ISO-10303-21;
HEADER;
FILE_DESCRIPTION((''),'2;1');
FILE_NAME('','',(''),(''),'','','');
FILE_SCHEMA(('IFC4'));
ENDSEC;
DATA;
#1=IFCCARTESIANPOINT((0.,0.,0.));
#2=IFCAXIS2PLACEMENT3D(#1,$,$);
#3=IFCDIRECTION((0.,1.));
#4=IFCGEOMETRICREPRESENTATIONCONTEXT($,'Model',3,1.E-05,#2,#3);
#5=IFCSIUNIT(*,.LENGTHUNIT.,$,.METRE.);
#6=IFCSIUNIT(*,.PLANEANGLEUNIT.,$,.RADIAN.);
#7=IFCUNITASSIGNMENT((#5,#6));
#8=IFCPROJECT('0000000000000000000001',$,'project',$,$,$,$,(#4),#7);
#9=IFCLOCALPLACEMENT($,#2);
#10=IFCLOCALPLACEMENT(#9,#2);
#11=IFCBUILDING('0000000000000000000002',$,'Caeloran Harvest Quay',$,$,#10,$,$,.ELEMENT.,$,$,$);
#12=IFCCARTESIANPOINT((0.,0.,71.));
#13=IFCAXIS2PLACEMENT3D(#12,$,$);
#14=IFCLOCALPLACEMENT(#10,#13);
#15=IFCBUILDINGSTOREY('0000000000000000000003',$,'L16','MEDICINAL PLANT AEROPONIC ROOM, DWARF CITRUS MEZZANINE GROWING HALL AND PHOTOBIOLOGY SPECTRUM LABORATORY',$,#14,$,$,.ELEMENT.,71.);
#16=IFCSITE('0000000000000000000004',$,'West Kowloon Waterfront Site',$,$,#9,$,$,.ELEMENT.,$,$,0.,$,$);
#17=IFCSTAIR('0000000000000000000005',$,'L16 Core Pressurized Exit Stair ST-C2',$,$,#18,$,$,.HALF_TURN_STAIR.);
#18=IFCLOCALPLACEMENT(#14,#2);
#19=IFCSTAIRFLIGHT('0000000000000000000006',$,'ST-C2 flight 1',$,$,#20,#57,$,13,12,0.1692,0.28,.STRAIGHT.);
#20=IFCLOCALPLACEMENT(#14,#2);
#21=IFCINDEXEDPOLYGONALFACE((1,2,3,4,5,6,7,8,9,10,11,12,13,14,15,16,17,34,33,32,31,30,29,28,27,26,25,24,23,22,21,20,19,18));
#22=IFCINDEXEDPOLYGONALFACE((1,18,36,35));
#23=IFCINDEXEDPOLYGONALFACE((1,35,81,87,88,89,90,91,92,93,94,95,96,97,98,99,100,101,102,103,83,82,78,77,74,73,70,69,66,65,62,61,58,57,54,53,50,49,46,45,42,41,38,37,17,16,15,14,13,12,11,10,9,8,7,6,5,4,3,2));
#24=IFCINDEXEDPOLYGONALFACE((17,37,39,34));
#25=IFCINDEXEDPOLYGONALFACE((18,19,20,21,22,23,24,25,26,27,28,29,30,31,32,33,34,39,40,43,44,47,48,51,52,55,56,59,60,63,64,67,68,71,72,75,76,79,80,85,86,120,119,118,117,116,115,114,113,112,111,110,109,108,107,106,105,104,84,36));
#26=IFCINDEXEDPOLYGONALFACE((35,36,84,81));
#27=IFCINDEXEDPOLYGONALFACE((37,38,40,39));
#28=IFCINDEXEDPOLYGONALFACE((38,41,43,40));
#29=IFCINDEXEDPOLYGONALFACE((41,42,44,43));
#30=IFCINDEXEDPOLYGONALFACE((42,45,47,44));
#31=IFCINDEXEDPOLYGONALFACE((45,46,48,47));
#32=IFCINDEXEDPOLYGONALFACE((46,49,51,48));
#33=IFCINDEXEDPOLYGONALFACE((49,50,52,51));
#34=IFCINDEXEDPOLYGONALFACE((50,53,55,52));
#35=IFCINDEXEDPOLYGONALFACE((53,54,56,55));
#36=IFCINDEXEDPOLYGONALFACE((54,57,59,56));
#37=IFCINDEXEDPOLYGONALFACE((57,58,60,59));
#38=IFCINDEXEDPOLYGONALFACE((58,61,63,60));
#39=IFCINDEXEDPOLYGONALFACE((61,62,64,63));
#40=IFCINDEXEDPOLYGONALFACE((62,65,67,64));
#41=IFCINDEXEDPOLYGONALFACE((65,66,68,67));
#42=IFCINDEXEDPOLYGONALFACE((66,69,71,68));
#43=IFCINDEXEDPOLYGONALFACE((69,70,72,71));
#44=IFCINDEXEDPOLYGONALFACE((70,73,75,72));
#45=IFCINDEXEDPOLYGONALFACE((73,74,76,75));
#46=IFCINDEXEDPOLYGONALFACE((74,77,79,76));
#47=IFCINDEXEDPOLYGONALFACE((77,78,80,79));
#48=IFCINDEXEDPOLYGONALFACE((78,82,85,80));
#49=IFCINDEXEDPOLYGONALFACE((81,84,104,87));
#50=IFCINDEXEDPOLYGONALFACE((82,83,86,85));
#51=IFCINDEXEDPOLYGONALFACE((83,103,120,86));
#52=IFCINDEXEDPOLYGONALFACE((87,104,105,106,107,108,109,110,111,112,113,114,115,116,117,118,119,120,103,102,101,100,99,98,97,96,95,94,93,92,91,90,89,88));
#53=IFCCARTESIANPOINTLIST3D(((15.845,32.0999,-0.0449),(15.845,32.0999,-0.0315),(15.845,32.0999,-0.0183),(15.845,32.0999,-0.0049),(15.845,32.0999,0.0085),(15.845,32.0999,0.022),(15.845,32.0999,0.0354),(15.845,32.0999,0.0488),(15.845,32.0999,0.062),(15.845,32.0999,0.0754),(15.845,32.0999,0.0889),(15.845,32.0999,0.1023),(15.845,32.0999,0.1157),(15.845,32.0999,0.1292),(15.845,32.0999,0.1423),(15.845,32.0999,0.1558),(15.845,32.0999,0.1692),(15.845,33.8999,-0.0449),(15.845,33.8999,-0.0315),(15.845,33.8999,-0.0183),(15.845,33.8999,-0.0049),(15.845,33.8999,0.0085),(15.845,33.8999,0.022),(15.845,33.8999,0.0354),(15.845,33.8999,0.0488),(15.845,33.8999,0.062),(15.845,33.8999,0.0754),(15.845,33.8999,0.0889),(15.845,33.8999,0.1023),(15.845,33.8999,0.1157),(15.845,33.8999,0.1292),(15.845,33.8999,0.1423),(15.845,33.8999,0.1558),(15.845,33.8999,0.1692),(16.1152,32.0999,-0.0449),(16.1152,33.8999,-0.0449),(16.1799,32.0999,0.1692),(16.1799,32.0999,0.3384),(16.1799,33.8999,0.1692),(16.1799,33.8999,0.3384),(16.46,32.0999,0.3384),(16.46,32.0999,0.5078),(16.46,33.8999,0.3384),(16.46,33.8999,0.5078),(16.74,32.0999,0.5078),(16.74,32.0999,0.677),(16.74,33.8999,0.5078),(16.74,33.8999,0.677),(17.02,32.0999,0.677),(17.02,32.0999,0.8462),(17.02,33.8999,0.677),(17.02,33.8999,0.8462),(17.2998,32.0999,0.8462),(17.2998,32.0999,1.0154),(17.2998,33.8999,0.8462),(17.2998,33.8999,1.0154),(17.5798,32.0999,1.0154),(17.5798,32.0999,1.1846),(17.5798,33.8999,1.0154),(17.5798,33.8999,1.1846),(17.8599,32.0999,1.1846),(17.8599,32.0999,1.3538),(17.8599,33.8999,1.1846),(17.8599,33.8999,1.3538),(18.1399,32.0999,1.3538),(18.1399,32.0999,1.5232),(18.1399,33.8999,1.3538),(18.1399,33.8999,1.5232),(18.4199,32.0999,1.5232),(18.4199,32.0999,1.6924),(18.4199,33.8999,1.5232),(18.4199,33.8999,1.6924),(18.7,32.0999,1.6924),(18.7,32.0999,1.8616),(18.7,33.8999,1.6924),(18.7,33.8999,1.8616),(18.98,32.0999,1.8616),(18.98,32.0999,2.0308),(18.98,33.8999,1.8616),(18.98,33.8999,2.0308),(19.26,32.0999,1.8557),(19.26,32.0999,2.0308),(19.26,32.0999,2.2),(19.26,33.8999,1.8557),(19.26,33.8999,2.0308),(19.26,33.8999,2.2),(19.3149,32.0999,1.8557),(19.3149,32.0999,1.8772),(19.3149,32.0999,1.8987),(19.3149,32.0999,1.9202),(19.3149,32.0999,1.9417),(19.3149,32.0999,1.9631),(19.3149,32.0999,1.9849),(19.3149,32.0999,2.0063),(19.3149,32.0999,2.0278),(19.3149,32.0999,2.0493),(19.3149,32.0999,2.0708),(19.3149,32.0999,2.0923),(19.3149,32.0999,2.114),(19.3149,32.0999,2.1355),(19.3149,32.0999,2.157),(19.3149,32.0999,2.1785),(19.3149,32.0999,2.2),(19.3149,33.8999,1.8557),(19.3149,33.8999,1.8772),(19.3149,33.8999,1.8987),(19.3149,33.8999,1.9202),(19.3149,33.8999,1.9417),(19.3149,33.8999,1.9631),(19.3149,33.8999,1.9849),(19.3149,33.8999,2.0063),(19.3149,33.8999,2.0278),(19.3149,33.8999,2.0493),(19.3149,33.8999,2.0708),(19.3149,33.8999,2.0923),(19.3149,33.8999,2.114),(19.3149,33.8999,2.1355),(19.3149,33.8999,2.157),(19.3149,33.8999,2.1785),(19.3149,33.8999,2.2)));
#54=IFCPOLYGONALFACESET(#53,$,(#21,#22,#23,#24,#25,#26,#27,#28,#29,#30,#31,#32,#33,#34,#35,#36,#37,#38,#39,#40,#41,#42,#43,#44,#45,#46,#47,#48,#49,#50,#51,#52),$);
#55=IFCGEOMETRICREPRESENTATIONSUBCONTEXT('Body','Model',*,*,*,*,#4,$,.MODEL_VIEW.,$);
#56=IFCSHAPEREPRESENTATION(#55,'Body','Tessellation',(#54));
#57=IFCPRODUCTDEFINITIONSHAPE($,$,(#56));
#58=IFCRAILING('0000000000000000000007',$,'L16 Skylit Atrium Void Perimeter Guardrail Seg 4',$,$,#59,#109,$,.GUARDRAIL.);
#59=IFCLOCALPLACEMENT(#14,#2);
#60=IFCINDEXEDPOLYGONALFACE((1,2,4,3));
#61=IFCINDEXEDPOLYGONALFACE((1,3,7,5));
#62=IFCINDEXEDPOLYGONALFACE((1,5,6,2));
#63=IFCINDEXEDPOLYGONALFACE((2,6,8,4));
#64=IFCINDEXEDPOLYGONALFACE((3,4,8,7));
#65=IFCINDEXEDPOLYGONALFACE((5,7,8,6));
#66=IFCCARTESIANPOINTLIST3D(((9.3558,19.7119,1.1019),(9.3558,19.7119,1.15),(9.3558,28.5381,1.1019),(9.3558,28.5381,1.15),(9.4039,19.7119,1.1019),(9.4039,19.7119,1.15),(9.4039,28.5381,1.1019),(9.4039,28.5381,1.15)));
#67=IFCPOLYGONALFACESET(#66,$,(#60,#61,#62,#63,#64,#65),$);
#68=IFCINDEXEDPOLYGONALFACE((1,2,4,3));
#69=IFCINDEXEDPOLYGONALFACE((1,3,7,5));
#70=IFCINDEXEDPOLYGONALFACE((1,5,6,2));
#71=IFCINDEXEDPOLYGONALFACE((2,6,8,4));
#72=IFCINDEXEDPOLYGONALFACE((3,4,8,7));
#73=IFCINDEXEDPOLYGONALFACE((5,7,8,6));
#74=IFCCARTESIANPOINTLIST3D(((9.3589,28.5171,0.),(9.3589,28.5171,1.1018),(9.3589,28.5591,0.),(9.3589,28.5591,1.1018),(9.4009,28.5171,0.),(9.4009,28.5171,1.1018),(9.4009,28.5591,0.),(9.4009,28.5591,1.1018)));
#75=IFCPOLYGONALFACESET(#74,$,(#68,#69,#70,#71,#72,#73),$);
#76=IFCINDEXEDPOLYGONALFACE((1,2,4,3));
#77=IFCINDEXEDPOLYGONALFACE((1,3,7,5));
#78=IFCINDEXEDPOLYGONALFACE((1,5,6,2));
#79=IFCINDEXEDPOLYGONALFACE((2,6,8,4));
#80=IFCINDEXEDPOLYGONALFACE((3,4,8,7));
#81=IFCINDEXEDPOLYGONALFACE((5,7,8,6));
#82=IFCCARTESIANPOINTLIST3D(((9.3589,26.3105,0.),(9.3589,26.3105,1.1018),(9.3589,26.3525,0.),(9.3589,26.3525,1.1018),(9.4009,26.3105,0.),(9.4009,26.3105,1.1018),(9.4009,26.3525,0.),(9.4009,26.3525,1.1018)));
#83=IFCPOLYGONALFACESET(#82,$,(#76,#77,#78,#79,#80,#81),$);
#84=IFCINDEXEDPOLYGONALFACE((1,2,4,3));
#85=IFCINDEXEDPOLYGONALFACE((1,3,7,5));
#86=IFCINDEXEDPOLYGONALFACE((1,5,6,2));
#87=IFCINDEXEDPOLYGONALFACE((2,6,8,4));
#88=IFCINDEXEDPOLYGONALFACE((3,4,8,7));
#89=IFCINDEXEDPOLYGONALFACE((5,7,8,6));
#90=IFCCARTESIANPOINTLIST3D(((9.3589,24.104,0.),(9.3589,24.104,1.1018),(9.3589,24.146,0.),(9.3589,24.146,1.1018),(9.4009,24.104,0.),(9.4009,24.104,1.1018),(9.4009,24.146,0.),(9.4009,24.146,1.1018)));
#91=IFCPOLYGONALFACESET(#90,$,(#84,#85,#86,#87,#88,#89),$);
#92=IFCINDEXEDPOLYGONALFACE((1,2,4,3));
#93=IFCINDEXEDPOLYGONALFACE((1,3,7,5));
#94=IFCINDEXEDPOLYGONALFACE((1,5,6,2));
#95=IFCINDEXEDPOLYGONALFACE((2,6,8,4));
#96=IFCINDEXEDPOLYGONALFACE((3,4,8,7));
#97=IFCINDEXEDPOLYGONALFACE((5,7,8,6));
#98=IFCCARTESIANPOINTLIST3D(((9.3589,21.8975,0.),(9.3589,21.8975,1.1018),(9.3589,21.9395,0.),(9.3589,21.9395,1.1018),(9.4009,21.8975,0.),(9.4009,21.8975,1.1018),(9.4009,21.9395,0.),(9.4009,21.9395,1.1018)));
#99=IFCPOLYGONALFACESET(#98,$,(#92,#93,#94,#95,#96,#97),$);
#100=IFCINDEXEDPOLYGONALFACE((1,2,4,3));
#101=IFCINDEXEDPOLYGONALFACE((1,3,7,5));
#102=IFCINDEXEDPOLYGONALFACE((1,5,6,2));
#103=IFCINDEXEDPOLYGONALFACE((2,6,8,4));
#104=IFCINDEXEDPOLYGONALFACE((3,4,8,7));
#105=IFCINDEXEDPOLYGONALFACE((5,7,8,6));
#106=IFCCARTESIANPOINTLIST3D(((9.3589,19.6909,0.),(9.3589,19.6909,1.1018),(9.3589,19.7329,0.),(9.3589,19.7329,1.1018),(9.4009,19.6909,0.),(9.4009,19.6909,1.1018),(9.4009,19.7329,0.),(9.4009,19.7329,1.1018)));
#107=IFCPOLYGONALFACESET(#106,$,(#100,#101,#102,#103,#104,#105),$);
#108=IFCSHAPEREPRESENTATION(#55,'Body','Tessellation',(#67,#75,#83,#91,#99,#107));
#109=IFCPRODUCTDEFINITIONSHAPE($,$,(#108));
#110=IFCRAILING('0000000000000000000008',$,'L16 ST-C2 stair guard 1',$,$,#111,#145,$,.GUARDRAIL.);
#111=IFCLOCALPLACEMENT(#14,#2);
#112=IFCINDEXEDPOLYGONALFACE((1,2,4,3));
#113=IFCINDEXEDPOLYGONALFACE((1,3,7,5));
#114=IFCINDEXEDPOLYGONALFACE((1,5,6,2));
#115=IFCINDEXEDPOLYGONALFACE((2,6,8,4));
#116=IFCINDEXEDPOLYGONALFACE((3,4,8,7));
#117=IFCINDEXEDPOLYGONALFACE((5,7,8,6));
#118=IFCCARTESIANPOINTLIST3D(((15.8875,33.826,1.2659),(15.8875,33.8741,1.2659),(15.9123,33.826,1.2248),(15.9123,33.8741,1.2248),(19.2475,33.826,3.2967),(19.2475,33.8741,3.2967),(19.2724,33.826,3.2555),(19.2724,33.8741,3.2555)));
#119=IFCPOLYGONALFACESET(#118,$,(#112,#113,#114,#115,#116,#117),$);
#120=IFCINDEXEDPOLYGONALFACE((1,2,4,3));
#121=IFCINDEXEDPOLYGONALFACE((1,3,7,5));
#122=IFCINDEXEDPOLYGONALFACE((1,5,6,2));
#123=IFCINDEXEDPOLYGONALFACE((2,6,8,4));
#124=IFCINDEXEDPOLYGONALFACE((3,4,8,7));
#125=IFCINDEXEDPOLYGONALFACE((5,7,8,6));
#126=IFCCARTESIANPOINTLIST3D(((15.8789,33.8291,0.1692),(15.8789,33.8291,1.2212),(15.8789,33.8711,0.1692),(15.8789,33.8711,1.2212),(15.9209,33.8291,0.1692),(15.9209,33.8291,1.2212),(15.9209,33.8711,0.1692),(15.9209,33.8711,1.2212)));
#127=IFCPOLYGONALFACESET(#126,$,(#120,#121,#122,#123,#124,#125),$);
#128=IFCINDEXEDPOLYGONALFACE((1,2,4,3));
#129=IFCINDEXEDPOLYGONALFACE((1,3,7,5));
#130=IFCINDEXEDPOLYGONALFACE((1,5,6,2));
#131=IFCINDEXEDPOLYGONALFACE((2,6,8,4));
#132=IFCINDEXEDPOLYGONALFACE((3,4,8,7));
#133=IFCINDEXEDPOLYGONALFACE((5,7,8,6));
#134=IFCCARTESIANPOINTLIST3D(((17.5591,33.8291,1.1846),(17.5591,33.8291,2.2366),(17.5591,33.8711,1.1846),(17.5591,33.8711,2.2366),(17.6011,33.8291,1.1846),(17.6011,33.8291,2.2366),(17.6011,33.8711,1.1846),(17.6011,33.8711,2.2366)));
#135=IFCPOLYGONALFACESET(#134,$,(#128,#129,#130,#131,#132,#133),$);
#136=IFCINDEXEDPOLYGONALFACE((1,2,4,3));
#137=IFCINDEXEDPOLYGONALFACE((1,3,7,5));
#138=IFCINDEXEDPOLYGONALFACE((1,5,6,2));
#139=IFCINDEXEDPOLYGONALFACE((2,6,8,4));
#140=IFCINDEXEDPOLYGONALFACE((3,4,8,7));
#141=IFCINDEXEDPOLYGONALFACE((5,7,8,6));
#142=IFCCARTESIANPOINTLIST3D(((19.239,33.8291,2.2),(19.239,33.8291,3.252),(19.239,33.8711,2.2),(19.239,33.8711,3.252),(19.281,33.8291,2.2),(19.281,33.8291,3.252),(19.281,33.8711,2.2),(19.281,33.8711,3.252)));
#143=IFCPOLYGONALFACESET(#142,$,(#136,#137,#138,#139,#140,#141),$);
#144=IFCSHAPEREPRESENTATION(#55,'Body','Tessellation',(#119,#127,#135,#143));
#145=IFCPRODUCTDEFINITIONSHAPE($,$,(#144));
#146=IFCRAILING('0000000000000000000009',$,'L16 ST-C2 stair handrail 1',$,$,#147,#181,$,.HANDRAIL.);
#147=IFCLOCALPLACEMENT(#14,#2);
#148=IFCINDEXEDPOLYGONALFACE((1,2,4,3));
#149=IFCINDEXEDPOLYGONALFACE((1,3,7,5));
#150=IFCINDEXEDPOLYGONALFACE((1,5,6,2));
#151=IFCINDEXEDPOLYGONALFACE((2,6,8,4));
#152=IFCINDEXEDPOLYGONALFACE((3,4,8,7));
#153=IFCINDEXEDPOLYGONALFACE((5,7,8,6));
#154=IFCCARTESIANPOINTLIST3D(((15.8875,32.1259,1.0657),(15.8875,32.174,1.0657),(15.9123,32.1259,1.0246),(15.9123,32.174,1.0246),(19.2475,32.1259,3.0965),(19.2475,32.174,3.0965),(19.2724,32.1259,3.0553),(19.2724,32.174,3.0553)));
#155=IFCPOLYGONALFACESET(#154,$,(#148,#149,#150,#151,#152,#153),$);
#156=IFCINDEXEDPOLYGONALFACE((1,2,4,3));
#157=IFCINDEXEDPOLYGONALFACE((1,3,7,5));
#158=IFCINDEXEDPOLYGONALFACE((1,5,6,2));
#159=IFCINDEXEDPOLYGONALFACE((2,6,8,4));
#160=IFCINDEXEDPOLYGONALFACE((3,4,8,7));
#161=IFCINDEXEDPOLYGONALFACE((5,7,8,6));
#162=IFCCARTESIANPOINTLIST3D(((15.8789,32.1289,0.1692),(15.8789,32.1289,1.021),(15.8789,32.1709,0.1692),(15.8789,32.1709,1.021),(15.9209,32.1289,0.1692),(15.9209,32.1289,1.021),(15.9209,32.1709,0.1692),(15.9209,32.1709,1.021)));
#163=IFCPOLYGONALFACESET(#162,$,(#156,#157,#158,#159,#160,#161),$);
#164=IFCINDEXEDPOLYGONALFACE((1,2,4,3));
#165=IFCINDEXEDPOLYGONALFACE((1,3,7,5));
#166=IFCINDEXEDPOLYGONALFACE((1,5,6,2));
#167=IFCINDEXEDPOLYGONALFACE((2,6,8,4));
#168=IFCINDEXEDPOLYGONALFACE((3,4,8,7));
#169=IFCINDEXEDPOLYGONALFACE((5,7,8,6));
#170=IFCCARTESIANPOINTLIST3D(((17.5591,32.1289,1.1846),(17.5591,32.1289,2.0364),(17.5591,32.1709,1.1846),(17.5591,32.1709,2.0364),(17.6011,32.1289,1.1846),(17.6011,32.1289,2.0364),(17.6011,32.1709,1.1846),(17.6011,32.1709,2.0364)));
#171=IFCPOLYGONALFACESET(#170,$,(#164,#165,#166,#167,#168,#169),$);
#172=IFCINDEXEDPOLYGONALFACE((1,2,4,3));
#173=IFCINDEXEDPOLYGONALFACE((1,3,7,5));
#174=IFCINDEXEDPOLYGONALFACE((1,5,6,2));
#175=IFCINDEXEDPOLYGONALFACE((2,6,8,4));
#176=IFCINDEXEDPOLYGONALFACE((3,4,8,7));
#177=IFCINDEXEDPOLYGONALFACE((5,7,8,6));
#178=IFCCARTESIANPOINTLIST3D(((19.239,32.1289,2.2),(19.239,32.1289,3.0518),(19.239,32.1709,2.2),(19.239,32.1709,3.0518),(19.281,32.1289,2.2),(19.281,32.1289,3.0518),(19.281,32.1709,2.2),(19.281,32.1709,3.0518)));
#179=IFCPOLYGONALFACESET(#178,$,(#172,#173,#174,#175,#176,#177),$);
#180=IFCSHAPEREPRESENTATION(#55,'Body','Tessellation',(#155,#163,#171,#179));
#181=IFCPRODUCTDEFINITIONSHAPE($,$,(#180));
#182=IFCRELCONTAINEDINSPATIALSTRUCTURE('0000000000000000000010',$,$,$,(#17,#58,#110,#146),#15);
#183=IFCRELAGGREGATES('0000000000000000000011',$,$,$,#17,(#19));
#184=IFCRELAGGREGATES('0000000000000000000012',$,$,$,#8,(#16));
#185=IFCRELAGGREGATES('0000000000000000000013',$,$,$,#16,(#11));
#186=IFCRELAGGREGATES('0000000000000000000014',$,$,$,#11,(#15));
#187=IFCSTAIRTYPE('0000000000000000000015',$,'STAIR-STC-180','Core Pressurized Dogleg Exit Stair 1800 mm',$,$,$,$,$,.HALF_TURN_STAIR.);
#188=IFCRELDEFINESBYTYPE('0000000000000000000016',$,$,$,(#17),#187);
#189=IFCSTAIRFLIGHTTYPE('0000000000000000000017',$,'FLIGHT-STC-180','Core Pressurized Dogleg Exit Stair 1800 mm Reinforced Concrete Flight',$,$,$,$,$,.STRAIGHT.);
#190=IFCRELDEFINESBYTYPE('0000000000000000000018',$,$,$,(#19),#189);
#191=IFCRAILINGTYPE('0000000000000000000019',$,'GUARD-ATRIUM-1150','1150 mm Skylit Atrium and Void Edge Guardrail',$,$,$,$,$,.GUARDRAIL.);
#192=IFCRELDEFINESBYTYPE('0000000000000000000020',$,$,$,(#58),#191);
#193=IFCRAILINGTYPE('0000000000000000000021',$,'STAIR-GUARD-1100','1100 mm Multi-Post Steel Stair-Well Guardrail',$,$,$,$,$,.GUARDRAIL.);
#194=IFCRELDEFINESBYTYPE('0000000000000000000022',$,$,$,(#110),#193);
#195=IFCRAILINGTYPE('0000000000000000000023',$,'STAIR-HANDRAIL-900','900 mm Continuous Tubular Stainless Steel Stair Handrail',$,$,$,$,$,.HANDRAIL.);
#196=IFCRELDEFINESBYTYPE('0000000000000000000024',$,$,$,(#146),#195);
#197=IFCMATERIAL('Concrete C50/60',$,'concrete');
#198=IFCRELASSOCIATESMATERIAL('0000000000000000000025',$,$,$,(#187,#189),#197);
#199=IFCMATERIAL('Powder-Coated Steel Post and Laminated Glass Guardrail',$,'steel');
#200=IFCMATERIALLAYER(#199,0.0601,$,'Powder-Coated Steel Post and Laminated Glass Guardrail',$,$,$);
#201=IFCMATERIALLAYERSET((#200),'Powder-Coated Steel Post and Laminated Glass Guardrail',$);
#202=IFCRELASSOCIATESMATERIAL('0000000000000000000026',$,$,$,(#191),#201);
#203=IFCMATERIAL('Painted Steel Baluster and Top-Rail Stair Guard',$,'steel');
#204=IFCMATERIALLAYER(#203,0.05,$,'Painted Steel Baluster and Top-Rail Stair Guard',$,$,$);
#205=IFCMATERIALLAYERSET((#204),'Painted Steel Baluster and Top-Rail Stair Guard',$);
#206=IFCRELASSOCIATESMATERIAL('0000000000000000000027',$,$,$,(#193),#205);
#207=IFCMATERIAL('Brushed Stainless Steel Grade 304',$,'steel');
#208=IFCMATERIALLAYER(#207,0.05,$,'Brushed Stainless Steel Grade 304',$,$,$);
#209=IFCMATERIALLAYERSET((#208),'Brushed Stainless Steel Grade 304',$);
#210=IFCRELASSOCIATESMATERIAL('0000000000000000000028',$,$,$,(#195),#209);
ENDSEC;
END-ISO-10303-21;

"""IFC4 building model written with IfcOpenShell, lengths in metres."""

from ifc_helpers import new_model, si_unit, direction, frame, origin, origin_2d, place, context, subcontext, project, spatial, polyline, rectangle, outline, extrude, material, layer, layer_set, type_object, element, aggregate, save


model = new_model("IFC4")

# Units and contexts
model_context = context("Model", 3, precision=1e-05, world=origin(), true_north=direction((0.0, 1.0)))
body_context = subcontext(model_context, "Body", "Model", "MODEL_VIEW")
ifc_project = project(units=[si_unit("LENGTHUNIT", "METRE"), si_unit("PLANEANGLEUNIT", "RADIAN")], contexts=[model_context])

# Site, building, storey
site_placement = place(None, origin())
site = spatial("IfcSite", under=ifc_project, at=site_placement, Name="West Kowloon Waterfront Site", CompositionType="ELEMENT", RefElevation=0.0)
building_placement = place(site_placement, origin())
building = spatial("IfcBuilding", under=site, at=building_placement, Name="Caeloran Harvest Quay", CompositionType="ELEMENT")
storey_placement = place(building_placement, frame((0.0, 0.0, 71.0)))
storey = spatial("IfcBuildingStorey", under=building, at=storey_placement, Name="L16", Description="MEDICINAL PLANT AEROPONIC ROOM, DWARF CITRUS MEZZANINE GROWING HALL AND PHOTOBIOLOGY SPECTRUM LABORATORY", CompositionType="ELEMENT", Elevation=71.0)

# Shared definitions
ifc_material_1 = material(Name="Concrete C50/60", Category="concrete")

# Stair, stair flight
stair_type = type_object("IfcStairType", Name="STAIR-STC-180", Description="Core Pressurized Dogleg Exit Stair 1800 mm", PredefinedType="HALF_TURN_STAIR", material=ifc_material_1)
stair_placement = place(storey_placement, origin())
stair = element("IfcStair", 1, at=stair_placement, inside=storey, type_object=stair_type, Name="L16 Core Pressurized Exit Stair ST-C2", PredefinedType="HALF_TURN_STAIR")
stair_flight_type = type_object("IfcStairFlightType", Name="FLIGHT-STC-180", Description="Core Pressurized Dogleg Exit Stair 1800 mm Reinforced Concrete Flight", PredefinedType="STRAIGHT", material=ifc_material_1)
stair_flight_placement = place(storey_placement, frame((15.8999, 33.0, 0.0), z_axis=(0.0, 0.0, 1.0), x_axis=(1.0, 0.0, 0.0)))
stair_flight = element("IfcStairFlight", 2, at=stair_flight_placement, type_object=stair_flight_type, Name="ST-C2 flight 1", NumberOfRisers=13, NumberOfTreads=12, PredefinedType="STRAIGHT", RiserHeight=0.1692, TreadLength=0.28, context=body_context, shape_type="SweptSolid", body=[
    extrude(outline(polyline([(-0.0549, -0.0449), (-0.0549, -0.0315), (-0.0549, -0.0183), (-0.0549, -0.0049), (-0.0549, 0.0085), (-0.0549, 0.022), (-0.0549, 0.0354), (-0.0549, 0.0488), (-0.0549, 0.062), (-0.0549, 0.0754), (-0.0549, 0.0889), (-0.0549, 0.1023), (-0.0549, 0.1157), (-0.0549, 0.1292), (-0.0549, 0.1423), (-0.0549, 0.1558), (-0.0549, 0.1692), (0.28, 0.1692), (0.28, 0.3384), (0.5601, 0.3384), (0.5601, 0.5078), (0.8401, 0.5078), (0.8401, 0.677), (1.1201, 0.677), (1.1201, 0.8462), (1.3999, 0.8462), (1.3999, 1.0154), (1.6799, 1.0154), (1.6799, 1.1846), (1.96, 1.1846), (1.96, 1.3538), (2.24, 1.3538), (2.24, 1.5232), (2.52, 1.5232), (2.52, 1.6924), (2.8, 1.6924), (2.8, 1.8616), (3.0801, 1.8616), (3.0801, 2.0308), (3.3601, 2.0308), (3.3601, 2.2), (3.415, 2.2), (3.415, 2.1785), (3.415, 2.157), (3.415, 2.1355), (3.415, 2.114), (3.415, 2.0923), (3.415, 2.0708), (3.415, 2.0493), (3.415, 2.0278), (3.415, 2.0063), (3.415, 1.9849), (3.415, 1.9631), (3.415, 1.9417), (3.415, 1.9202), (3.415, 1.8987), (3.415, 1.8772), (3.415, 1.8557), (3.3601, 1.8557), (0.2153, -0.0449), (-0.0549, -0.0449)])), frame((0.0, 0.8999, 0.0), z_axis=(0.0, -1.0, 0.0), x_axis=(1.0, 0.0, 0.0)), (0.0, 0.0, 1.0), 1.8),
])
aggregate(stair, [stair_flight])

# Railings
ifc_material_2 = material(Name="Powder-Coated Steel Post and Laminated Glass Guardrail", Category="steel")
ifc_layer_1 = layer(ifc_material_2, 0.0601, Name="Powder-Coated Steel Post and Laminated Glass Guardrail")
ifc_layer_set_1 = layer_set([ifc_layer_1], Name="Powder-Coated Steel Post and Laminated Glass Guardrail")
railing_type_1 = type_object("IfcRailingType", Name="GUARD-ATRIUM-1150", Description="1150 mm Skylit Atrium and Void Edge Guardrail", PredefinedType="GUARDRAIL", material=ifc_layer_set_1)
railing_1_placement = place(storey_placement, frame((9.3799, 28.5381, 0.0)))
element("IfcRailing", 3, at=railing_1_placement, inside=storey, type_object=railing_type_1, Name="L16 Skylit Atrium Void Perimeter Guardrail Seg 4", PredefinedType="GUARDRAIL", context=body_context, shape_type="SweptSolid", body=[
    extrude(rectangle(XDim=0.0481, YDim=0.0481, at=origin_2d()), frame((0.0, 0.0, 1.126), z_axis=(0.0, -1.0, 0.0), x_axis=(1.0, 0.0, 0.0)), (0.0, 0.0, 1.0), 8.8262),
    extrude(rectangle(XDim=0.042, YDim=0.042, at=origin_2d()), origin(), (0.0, 0.0, 1.0), 1.1018),
    extrude(rectangle(XDim=0.042, YDim=0.042, at=origin_2d()), frame((0.0, -2.2065, 0.0)), (0.0, 0.0, 1.0), 1.1018),
    extrude(rectangle(XDim=0.042, YDim=0.042, at=origin_2d()), frame((0.0, -4.4131, 0.0)), (0.0, 0.0, 1.0), 1.1018),
    extrude(rectangle(XDim=0.042, YDim=0.042, at=origin_2d()), frame((0.0, -6.6196, 0.0)), (0.0, 0.0, 1.0), 1.1018),
    extrude(rectangle(XDim=0.042, YDim=0.042, at=origin_2d()), frame((0.0, -8.8262, 0.0)), (0.0, 0.0, 1.0), 1.1018),
])
ifc_material_3 = material(Name="Painted Steel Baluster and Top-Rail Stair Guard", Category="steel")
ifc_layer_2 = layer(ifc_material_3, 0.05, Name="Painted Steel Baluster and Top-Rail Stair Guard")
ifc_layer_set_2 = layer_set([ifc_layer_2], Name="Painted Steel Baluster and Top-Rail Stair Guard")
railing_type_2 = type_object("IfcRailingType", Name="STAIR-GUARD-1100", Description="1100 mm Multi-Post Steel Stair-Well Guardrail", PredefinedType="GUARDRAIL", material=ifc_layer_set_2)
railing_2_placement = place(storey_placement, frame((15.8999, 33.8501, 0.1692)))
element("IfcRailing", 4, at=railing_2_placement, inside=storey, type_object=railing_type_2, Name="L16 ST-C2 stair guard 1", PredefinedType="GUARDRAIL", context=body_context, shape_type="SweptSolid", body=[
    extrude(rectangle(XDim=0.0481, YDim=0.0481, at=origin_2d()), frame((0.0, 0.0, 1.0762), z_axis=(0.855837, 0.0, 0.517246), x_axis=(0.0, 1.0, 0.0)), (0.0, 0.0, 1.0), 3.926),
    extrude(rectangle(XDim=0.042, YDim=0.042, at=origin_2d()), origin(), (0.0, 0.0, 1.0), 1.052),
    extrude(rectangle(XDim=0.042, YDim=0.042, at=origin_2d()), frame((1.6802, 0.0, 1.0154)), (0.0, 0.0, 1.0), 1.052),
    extrude(rectangle(XDim=0.042, YDim=0.042, at=origin_2d()), frame((3.3601, 0.0, 2.0308)), (0.0, 0.0, 1.0), 1.052),
])
ifc_material_4 = material(Name="Brushed Stainless Steel Grade 304", Category="steel")
ifc_layer_3 = layer(ifc_material_4, 0.05, Name="Brushed Stainless Steel Grade 304")
ifc_layer_set_3 = layer_set([ifc_layer_3], Name="Brushed Stainless Steel Grade 304")
railing_type_3 = type_object("IfcRailingType", Name="STAIR-HANDRAIL-900", Description="900 mm Continuous Tubular Stainless Steel Stair Handrail", PredefinedType="HANDRAIL", material=ifc_layer_set_3)
railing_3_placement = place(storey_placement, frame((15.8999, 32.1499, 0.1692)))
element("IfcRailing", 5, at=railing_3_placement, inside=storey, type_object=railing_type_3, Name="L16 ST-C2 stair handrail 1", PredefinedType="HANDRAIL", context=body_context, shape_type="SweptSolid", body=[
    extrude(rectangle(XDim=0.0481, YDim=0.0481, at=origin_2d()), frame((0.0, 0.0, 0.876), z_axis=(0.855837, 0.0, 0.517246), x_axis=(0.0, 1.0, 0.0)), (0.0, 0.0, 1.0), 3.926),
    extrude(rectangle(XDim=0.042, YDim=0.042, at=origin_2d()), origin(), (0.0, 0.0, 1.0), 0.8518),
    extrude(rectangle(XDim=0.042, YDim=0.042, at=origin_2d()), frame((1.6802, 0.0, 1.0154)), (0.0, 0.0, 1.0), 0.8518),
    extrude(rectangle(XDim=0.042, YDim=0.042, at=origin_2d()), frame((3.3601, 0.0, 2.0308)), (0.0, 0.0, 1.0), 0.8518),
])

save(model, "model.ifc")
